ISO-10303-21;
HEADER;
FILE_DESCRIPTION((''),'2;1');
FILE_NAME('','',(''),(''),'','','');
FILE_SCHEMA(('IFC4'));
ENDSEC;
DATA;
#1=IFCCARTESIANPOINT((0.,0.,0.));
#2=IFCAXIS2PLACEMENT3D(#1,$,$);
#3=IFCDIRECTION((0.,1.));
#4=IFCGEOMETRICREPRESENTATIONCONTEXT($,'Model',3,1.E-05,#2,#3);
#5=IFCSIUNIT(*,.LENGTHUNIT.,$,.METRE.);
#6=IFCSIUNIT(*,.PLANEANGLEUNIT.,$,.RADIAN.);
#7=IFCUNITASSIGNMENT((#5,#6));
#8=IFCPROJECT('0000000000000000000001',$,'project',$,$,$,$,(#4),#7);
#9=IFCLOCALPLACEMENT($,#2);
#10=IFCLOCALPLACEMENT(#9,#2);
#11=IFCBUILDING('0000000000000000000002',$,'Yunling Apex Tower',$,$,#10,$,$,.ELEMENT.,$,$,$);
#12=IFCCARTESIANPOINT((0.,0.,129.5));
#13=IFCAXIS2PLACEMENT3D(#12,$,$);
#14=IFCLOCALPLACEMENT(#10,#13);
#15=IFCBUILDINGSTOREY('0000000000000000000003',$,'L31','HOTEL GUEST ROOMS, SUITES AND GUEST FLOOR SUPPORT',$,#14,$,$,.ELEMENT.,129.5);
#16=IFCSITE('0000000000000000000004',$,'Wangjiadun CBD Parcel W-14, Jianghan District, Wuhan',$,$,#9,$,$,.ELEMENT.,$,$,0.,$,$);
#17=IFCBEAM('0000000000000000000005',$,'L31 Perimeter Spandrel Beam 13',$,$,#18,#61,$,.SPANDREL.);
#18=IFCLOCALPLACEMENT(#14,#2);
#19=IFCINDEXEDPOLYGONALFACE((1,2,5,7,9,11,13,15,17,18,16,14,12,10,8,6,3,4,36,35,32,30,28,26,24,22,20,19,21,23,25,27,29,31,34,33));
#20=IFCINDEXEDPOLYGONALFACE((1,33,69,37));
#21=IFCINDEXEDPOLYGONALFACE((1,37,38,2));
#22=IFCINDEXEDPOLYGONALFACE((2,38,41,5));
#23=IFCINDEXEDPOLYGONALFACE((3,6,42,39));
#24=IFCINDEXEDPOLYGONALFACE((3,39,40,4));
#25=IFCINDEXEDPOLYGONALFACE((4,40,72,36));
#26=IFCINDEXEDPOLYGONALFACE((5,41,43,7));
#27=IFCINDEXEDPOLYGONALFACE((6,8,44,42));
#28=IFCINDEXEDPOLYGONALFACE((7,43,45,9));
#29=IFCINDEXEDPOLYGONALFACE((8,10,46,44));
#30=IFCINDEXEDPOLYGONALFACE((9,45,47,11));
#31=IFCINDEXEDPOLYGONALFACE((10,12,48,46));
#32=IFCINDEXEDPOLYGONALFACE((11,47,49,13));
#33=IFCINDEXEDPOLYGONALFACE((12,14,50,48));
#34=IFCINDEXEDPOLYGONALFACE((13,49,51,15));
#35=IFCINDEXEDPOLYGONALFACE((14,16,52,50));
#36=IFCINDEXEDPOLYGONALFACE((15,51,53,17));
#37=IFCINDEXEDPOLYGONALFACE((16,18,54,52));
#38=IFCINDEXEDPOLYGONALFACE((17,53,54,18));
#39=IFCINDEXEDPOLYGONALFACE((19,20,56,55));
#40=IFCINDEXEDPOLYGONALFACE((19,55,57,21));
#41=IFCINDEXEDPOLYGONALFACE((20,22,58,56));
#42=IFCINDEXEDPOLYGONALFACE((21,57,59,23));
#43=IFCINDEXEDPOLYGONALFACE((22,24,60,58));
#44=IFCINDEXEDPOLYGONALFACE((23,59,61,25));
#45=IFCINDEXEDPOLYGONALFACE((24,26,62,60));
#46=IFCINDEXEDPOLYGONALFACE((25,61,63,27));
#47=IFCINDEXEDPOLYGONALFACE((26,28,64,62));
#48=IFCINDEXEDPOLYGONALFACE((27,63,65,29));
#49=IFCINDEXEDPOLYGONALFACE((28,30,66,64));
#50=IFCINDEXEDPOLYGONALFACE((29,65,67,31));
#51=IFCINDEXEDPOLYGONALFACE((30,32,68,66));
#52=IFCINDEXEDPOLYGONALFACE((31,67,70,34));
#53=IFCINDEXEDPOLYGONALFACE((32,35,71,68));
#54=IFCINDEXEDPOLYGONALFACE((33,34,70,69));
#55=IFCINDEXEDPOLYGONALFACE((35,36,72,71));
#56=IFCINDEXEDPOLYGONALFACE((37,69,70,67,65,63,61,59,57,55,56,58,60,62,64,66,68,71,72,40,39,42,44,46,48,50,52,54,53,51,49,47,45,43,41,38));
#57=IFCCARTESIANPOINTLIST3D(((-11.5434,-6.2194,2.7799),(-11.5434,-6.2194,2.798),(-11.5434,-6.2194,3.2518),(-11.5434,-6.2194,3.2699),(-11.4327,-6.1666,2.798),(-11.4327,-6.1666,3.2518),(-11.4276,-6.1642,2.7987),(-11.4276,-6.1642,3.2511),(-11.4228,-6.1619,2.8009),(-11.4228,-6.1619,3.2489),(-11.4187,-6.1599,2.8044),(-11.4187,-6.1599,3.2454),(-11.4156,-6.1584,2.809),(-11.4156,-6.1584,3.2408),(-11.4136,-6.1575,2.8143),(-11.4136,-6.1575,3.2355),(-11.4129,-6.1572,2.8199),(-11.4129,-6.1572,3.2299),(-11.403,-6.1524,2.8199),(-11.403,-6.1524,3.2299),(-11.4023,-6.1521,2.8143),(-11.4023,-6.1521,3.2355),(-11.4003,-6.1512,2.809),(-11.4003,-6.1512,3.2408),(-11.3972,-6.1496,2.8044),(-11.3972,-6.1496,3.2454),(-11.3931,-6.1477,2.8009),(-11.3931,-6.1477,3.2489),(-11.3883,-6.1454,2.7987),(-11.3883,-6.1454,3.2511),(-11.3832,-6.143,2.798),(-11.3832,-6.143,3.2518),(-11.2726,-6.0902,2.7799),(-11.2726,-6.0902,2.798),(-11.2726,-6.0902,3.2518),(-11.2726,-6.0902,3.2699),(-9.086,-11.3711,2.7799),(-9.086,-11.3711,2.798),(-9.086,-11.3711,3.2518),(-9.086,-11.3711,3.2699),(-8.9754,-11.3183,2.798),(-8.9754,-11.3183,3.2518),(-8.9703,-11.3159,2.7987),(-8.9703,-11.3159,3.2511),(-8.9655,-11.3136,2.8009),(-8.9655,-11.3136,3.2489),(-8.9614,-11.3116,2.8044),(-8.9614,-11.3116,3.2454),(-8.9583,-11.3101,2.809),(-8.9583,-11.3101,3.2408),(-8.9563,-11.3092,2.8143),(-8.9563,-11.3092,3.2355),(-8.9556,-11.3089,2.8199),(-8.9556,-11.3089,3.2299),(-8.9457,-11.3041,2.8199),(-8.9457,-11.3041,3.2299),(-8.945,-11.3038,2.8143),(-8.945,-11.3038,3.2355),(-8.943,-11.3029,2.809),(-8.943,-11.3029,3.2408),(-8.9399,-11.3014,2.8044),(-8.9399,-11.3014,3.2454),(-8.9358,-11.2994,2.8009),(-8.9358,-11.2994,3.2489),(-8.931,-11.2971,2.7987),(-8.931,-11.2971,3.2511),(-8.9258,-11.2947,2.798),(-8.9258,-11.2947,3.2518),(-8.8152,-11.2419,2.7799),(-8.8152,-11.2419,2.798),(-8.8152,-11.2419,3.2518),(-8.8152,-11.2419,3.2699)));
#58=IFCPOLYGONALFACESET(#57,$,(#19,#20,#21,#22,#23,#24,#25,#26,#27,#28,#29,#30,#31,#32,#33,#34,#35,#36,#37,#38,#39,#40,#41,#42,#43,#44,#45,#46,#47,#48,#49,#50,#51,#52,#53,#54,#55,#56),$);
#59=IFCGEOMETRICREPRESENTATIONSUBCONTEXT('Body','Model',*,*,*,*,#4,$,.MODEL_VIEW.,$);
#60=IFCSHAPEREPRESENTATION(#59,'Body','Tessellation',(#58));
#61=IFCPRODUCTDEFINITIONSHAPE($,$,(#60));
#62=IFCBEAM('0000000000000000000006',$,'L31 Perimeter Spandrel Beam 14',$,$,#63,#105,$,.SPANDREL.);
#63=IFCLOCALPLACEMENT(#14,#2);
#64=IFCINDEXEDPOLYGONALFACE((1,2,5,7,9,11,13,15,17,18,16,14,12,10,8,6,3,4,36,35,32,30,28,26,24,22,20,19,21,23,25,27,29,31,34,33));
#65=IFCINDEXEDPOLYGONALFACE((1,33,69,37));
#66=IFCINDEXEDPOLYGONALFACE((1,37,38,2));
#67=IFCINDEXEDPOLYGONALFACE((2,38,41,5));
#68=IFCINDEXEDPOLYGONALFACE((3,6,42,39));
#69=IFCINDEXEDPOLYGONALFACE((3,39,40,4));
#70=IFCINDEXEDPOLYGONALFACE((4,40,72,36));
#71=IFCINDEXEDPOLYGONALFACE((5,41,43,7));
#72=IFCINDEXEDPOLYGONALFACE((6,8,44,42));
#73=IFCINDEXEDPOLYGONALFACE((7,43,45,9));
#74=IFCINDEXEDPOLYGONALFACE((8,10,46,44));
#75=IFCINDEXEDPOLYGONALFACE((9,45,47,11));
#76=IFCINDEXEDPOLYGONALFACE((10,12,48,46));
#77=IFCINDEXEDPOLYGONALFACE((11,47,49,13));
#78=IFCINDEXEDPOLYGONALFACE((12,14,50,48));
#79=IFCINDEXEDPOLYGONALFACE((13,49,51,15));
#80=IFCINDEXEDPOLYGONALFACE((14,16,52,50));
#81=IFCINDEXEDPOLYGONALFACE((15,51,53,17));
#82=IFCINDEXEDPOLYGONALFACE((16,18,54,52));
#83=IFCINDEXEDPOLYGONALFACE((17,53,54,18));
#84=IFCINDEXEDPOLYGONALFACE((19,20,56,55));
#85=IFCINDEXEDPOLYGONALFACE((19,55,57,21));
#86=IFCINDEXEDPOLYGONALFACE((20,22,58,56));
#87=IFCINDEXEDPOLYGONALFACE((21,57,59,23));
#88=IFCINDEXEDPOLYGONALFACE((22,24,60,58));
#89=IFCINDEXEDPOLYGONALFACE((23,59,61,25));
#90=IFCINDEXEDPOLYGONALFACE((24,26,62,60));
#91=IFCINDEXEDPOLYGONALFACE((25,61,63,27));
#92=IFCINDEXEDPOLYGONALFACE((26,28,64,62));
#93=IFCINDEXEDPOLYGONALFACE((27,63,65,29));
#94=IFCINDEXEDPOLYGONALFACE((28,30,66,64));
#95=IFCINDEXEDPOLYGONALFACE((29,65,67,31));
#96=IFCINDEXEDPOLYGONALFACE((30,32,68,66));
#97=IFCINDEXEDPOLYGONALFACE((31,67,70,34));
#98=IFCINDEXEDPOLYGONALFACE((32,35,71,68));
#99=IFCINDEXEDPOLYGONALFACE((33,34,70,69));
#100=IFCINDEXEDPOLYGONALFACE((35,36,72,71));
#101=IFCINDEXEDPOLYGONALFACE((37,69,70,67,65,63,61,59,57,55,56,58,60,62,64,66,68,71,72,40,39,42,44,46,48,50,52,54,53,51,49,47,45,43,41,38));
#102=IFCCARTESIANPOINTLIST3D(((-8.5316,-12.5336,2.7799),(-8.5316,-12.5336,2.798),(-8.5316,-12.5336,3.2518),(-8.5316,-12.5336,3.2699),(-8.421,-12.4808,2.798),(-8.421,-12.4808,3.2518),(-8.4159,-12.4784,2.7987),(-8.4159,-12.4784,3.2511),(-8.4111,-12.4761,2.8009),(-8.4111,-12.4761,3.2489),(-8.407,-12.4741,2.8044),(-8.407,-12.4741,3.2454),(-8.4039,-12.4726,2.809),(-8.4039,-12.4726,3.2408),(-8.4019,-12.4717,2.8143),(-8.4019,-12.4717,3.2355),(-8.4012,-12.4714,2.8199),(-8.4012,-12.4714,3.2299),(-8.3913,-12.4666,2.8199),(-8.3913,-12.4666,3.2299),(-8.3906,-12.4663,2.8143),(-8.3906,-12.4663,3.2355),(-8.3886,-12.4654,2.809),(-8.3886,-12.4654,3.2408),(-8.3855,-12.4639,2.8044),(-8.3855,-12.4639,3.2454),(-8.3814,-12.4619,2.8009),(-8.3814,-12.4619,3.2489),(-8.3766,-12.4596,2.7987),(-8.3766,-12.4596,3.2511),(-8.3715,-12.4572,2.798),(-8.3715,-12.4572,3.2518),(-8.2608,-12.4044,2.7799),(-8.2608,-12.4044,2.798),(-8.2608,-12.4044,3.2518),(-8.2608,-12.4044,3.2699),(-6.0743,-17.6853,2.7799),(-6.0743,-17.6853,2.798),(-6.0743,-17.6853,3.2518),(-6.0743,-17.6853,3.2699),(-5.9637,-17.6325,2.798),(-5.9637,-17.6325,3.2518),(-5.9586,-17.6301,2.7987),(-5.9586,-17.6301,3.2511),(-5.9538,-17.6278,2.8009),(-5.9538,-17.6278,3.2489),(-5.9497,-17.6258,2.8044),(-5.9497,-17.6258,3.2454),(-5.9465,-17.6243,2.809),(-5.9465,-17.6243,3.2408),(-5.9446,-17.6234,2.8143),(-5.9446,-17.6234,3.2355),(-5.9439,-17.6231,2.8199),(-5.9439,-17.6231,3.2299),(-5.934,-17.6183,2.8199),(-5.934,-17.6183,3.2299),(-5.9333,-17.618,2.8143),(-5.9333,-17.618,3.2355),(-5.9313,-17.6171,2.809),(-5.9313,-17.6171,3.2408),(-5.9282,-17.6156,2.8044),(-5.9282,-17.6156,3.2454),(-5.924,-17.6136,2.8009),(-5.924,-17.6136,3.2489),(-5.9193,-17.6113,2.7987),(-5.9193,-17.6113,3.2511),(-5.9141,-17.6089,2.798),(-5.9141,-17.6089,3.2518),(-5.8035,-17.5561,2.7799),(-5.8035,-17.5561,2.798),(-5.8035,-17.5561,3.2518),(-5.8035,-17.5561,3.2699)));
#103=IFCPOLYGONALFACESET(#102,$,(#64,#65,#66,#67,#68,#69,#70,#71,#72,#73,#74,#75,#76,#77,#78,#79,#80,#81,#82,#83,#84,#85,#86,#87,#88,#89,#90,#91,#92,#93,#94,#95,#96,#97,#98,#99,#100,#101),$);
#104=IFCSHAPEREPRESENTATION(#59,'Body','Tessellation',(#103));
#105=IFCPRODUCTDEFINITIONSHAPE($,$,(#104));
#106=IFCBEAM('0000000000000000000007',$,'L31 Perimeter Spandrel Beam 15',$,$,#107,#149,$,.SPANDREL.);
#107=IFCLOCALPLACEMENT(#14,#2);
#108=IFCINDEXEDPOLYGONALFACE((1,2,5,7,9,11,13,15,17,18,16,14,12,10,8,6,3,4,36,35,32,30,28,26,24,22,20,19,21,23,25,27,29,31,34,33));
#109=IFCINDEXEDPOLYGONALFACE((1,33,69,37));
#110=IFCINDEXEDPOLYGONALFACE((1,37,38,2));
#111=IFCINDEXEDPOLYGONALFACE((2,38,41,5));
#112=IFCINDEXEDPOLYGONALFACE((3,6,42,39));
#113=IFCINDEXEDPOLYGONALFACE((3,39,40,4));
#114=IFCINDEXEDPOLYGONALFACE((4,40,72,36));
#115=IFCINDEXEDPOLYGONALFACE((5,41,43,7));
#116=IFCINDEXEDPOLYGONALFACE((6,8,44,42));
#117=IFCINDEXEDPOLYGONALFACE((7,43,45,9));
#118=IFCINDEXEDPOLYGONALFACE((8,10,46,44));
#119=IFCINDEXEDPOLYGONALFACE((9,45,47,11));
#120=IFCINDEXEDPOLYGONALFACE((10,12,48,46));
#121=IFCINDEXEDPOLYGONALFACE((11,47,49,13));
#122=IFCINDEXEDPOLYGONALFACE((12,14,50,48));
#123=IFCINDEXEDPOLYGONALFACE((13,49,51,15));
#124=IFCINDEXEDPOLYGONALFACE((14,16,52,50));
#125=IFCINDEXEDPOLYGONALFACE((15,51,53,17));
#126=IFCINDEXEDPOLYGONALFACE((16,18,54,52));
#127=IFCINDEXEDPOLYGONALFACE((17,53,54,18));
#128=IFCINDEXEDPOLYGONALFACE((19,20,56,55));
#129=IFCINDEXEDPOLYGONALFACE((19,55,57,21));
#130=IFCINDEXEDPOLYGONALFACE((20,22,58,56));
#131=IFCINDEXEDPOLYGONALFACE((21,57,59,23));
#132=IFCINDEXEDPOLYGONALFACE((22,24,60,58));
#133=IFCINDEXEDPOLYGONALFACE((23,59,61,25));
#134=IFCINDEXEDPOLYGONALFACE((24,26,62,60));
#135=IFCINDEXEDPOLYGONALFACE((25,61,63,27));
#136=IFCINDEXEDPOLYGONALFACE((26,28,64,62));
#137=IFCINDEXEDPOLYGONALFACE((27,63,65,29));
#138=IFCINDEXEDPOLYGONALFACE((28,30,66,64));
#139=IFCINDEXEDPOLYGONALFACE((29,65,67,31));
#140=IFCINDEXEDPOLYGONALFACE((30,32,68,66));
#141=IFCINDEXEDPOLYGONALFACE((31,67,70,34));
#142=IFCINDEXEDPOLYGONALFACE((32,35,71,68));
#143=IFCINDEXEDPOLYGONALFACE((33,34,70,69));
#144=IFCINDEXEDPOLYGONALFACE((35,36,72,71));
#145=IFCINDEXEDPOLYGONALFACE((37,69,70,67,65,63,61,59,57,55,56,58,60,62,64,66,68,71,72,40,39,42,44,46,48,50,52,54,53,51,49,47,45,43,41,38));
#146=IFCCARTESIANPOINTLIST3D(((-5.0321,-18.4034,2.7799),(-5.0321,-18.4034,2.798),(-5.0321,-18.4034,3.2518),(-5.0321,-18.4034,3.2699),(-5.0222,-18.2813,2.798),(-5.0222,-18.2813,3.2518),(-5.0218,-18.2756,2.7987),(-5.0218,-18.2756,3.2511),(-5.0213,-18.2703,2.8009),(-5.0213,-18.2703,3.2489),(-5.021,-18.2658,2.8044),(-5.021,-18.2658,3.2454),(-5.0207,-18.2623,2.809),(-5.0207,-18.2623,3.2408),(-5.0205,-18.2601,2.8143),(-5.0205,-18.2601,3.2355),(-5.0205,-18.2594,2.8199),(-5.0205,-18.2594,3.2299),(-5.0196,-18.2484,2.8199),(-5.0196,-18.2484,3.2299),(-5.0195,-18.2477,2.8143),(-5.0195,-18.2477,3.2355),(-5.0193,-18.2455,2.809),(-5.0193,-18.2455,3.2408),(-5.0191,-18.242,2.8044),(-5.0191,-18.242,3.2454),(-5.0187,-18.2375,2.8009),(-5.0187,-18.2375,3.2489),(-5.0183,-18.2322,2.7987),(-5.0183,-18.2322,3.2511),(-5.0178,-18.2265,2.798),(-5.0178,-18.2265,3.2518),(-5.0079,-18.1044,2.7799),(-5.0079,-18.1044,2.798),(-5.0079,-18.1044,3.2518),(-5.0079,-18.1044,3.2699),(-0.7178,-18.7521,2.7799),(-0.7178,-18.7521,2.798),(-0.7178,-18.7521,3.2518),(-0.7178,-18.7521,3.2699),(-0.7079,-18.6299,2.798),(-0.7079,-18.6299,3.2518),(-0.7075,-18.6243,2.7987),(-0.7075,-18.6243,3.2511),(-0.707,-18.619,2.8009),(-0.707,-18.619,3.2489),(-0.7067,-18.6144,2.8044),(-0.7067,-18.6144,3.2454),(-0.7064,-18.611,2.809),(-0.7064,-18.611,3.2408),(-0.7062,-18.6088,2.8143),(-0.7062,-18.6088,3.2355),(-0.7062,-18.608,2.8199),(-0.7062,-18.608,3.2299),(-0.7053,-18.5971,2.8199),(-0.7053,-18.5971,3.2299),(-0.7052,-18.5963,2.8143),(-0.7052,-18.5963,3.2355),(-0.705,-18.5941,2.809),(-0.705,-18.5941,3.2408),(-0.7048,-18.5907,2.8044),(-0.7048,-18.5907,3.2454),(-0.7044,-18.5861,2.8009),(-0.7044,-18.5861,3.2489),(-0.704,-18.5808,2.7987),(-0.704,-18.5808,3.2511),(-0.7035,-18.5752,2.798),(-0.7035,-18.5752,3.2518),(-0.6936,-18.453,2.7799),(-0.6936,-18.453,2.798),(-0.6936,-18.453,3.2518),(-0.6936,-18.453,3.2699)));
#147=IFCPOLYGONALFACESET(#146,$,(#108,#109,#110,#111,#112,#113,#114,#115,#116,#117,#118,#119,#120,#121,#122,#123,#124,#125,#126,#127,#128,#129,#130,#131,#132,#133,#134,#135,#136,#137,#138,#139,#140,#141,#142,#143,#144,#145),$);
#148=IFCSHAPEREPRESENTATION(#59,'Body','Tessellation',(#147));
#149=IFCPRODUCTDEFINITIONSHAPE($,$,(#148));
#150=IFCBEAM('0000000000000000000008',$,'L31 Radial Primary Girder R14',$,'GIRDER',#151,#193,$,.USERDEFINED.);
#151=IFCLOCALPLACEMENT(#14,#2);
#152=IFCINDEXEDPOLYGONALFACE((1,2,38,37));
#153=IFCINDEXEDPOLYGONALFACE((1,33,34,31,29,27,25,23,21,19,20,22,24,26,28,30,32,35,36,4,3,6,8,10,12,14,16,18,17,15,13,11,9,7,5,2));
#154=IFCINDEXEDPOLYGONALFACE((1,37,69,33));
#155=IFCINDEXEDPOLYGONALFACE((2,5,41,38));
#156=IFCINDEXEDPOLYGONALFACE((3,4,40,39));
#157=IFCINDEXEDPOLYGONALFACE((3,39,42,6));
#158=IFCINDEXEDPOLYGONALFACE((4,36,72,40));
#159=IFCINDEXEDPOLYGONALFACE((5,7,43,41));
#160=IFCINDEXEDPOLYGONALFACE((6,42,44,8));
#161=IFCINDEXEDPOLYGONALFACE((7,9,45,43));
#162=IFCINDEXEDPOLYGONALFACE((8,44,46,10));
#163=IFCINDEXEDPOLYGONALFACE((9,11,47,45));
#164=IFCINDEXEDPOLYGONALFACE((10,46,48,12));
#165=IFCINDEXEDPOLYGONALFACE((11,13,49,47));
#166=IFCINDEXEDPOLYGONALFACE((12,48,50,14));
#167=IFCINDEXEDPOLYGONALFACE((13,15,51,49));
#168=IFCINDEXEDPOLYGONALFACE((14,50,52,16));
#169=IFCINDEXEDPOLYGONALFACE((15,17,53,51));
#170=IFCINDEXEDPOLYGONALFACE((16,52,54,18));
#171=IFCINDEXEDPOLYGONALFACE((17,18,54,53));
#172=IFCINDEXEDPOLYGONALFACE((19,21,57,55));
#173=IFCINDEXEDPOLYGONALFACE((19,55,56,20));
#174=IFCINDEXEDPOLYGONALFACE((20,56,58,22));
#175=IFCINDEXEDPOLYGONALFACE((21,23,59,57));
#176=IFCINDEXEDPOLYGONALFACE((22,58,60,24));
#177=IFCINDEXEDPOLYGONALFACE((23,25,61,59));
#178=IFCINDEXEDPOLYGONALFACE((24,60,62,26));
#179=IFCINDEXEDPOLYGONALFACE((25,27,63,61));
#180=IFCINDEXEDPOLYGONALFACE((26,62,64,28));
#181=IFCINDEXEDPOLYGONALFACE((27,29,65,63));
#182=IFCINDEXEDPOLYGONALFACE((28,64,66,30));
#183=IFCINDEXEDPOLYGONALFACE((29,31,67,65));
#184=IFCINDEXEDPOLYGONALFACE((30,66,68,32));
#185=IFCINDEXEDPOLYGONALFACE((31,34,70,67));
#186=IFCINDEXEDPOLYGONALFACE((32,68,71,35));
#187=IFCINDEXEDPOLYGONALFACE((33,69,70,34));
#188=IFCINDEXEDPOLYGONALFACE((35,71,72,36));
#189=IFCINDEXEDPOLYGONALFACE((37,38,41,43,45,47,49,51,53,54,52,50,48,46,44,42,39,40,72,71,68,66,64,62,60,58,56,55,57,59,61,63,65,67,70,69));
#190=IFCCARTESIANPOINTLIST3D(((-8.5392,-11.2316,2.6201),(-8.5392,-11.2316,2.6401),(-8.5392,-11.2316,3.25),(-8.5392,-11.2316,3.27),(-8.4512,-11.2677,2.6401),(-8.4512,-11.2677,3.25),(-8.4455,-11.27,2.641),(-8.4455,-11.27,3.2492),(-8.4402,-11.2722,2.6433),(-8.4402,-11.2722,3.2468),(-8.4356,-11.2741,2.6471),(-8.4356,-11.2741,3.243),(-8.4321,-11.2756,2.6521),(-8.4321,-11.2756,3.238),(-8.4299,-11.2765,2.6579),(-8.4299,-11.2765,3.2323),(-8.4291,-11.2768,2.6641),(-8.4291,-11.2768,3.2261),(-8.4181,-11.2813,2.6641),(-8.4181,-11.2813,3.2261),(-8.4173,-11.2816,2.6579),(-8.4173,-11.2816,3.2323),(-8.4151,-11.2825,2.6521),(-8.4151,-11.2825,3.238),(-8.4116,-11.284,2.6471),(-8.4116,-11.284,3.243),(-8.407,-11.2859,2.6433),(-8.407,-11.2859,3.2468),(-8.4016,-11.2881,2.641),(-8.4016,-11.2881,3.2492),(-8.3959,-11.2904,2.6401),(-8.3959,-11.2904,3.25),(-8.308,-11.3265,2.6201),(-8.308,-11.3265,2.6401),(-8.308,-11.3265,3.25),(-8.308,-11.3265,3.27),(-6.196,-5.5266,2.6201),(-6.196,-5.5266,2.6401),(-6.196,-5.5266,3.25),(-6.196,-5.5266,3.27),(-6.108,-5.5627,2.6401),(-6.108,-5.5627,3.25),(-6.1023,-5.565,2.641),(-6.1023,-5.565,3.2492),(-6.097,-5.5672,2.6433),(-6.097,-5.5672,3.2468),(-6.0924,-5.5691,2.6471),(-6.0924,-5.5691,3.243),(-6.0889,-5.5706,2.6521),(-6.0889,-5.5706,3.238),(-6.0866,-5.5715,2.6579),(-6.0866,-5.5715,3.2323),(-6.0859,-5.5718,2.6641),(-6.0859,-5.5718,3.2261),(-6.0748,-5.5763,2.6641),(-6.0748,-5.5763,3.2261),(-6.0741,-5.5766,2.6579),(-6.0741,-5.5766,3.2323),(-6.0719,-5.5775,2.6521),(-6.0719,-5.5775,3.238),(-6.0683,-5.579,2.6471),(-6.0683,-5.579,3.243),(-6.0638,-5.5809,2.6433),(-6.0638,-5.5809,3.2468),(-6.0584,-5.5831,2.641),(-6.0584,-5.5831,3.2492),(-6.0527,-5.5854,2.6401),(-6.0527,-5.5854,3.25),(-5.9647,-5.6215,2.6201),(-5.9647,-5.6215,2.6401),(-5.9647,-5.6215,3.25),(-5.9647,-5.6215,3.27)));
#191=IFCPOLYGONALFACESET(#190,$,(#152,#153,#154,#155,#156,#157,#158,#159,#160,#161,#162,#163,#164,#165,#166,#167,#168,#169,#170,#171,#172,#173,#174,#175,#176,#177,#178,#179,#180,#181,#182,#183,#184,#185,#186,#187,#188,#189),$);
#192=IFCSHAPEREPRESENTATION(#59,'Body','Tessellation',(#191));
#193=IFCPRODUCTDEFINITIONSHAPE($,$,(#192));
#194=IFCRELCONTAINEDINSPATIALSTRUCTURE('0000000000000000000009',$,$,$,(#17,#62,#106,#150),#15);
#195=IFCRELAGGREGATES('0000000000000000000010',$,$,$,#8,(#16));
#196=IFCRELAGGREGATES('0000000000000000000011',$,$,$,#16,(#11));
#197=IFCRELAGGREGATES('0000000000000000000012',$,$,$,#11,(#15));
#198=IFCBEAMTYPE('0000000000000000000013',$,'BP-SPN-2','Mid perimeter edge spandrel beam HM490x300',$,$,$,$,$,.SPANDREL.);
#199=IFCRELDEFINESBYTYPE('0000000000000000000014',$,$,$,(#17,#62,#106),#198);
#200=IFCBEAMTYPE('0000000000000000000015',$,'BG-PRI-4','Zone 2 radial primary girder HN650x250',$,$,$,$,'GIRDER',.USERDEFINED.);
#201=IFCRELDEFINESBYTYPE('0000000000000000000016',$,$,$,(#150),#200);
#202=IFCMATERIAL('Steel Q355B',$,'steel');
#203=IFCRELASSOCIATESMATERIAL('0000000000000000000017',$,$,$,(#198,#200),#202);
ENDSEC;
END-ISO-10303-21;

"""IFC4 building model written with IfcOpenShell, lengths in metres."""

from ifc_helpers import new_model, si_unit, direction, frame, origin, origin_2d, place, context, subcontext, project, spatial, i_section, extrude, source, transform, mapped, material, material_profile, profile_set, type_object, element, save


model = new_model("IFC4")

# Units and contexts
model_context = context("Model", 3, precision=1e-05, world=origin(), true_north=direction((0.0, 1.0)))
body_context = subcontext(model_context, "Body", "Model", "MODEL_VIEW")
ifc_project = project(units=[si_unit("LENGTHUNIT", "METRE"), si_unit("PLANEANGLEUNIT", "RADIAN")], contexts=[model_context])

# Site, building, storey
site_placement = place(None, origin())
site = spatial("IfcSite", under=ifc_project, at=site_placement, Name="Wangjiadun CBD Parcel W-14, Jianghan District, Wuhan", CompositionType="ELEMENT", RefElevation=0.0)
building_placement = place(site_placement, origin())
building = spatial("IfcBuilding", under=site, at=building_placement, Name="Yunling Apex Tower", CompositionType="ELEMENT")
storey_placement = place(building_placement, frame((0.0, 0.0, 129.5)))
storey = spatial("IfcBuildingStorey", under=building, at=storey_placement, Name="L31", Description="HOTEL GUEST ROOMS, SUITES AND GUEST FLOOR SUPPORT", CompositionType="ELEMENT", Elevation=129.5)

# Beams
ifc_material_1 = material(Name="Steel Q355B", Category="steel")
ifc_material_profile_1 = material_profile(ifc_material_1, i_section(OverallWidth=0.3, OverallDepth=0.49, WebThickness=0.011, FlangeThickness=0.0181, FilletRadius=0.022, at=origin_2d()))
ifc_profile_set_1 = profile_set([ifc_material_profile_1], Name="Steel Q355B")
beam_type_1 = type_object("IfcBeamType", Name="BP-SPN-2", Description="Mid perimeter edge spandrel beam HM490x300", PredefinedType="SPANDREL", material=ifc_profile_set_1)
shared_shape_1 = source(origin(), body_context, "Body", "SweptSolid", [
    extrude(i_section(OverallWidth=0.3, OverallDepth=0.49, WebThickness=0.011, FlangeThickness=0.0181, FilletRadius=0.022, at=origin_2d()), origin(), (0.0, 0.0, 1.0), 5.7078),
])
for number, where, z_axis, x_axis, name in (
    (1, (-11.408, -6.1548, 3.0249), (0.430523, -0.90258, 0.0), (0.90258, 0.430523, 0.0), "L31 Perimeter Spandrel Beam 13"),
    (2, (-8.3962, -12.469, 3.0249), (0.430523, -0.90258, 0.0), (0.90258, 0.430523, 0.0), "L31 Perimeter Spandrel Beam 14"),
):
    element("IfcBeam", number, at=place(storey_placement, frame(where, z_axis=z_axis, x_axis=x_axis)), inside=storey, type_object=beam_type_1, Name=name, PredefinedType="SPANDREL", context=body_context, shape_type="MappedRepresentation", body=[
        mapped(shared_shape_1, transform((0.0, 0.0, 0.0), scale=1.0)),
    ])
shared_shape_2 = source(origin(), body_context, "Body", "SweptSolid", [
    extrude(i_section(OverallWidth=0.3, OverallDepth=0.49, WebThickness=0.011, FlangeThickness=0.0181, FilletRadius=0.022, at=origin_2d()), origin(), (0.0, 0.0, 1.0), 4.3284),
])
beam_1_placement = place(storey_placement, frame((-5.02, -18.2539, 3.0249), z_axis=(0.996751, -0.080548, 0.0), x_axis=(0.080548, 0.996751, 0.0)))
element("IfcBeam", 3, at=beam_1_placement, inside=storey, type_object=beam_type_1, Name="L31 Perimeter Spandrel Beam 15", PredefinedType="SPANDREL", context=body_context, shape_type="MappedRepresentation", body=[
    mapped(shared_shape_2, transform((0.0, 0.0, 0.0), scale=1.0)),
])
ifc_material_profile_2 = material_profile(ifc_material_1, i_section(OverallWidth=0.25, OverallDepth=0.6499, WebThickness=0.012, FlangeThickness=0.02, FilletRadius=0.0239, at=origin_2d()))
ifc_profile_set_2 = profile_set([ifc_material_profile_2], Name="Steel Q355B")
beam_type_2 = type_object("IfcBeamType", Name="BG-PRI-4", Description="Zone 2 radial primary girder HN650x250", ElementType="GIRDER", PredefinedType="USERDEFINED", material=ifc_profile_set_2)
shared_shape_3 = source(origin(), body_context, "Body", "SweptSolid", [
    extrude(i_section(OverallWidth=0.25, OverallDepth=0.6499, WebThickness=0.012, FlangeThickness=0.02, FilletRadius=0.0239, at=origin_2d()), origin(), (0.0, 0.0, 1.0), 6.1675),
])
beam_2_placement = place(storey_placement, frame((-8.4236, -11.2791, 2.9451), z_axis=(0.379933, 0.925014, 0.0), x_axis=(-0.925014, 0.379933, 0.0)))
element("IfcBeam", 4, at=beam_2_placement, inside=storey, type_object=beam_type_2, Name="L31 Radial Primary Girder R14", ObjectType="GIRDER", PredefinedType="USERDEFINED", context=body_context, shape_type="MappedRepresentation", body=[
    mapped(shared_shape_3, transform((0.0, 0.0, 0.0), scale=1.0)),
])

save(model, "model.ifc")
